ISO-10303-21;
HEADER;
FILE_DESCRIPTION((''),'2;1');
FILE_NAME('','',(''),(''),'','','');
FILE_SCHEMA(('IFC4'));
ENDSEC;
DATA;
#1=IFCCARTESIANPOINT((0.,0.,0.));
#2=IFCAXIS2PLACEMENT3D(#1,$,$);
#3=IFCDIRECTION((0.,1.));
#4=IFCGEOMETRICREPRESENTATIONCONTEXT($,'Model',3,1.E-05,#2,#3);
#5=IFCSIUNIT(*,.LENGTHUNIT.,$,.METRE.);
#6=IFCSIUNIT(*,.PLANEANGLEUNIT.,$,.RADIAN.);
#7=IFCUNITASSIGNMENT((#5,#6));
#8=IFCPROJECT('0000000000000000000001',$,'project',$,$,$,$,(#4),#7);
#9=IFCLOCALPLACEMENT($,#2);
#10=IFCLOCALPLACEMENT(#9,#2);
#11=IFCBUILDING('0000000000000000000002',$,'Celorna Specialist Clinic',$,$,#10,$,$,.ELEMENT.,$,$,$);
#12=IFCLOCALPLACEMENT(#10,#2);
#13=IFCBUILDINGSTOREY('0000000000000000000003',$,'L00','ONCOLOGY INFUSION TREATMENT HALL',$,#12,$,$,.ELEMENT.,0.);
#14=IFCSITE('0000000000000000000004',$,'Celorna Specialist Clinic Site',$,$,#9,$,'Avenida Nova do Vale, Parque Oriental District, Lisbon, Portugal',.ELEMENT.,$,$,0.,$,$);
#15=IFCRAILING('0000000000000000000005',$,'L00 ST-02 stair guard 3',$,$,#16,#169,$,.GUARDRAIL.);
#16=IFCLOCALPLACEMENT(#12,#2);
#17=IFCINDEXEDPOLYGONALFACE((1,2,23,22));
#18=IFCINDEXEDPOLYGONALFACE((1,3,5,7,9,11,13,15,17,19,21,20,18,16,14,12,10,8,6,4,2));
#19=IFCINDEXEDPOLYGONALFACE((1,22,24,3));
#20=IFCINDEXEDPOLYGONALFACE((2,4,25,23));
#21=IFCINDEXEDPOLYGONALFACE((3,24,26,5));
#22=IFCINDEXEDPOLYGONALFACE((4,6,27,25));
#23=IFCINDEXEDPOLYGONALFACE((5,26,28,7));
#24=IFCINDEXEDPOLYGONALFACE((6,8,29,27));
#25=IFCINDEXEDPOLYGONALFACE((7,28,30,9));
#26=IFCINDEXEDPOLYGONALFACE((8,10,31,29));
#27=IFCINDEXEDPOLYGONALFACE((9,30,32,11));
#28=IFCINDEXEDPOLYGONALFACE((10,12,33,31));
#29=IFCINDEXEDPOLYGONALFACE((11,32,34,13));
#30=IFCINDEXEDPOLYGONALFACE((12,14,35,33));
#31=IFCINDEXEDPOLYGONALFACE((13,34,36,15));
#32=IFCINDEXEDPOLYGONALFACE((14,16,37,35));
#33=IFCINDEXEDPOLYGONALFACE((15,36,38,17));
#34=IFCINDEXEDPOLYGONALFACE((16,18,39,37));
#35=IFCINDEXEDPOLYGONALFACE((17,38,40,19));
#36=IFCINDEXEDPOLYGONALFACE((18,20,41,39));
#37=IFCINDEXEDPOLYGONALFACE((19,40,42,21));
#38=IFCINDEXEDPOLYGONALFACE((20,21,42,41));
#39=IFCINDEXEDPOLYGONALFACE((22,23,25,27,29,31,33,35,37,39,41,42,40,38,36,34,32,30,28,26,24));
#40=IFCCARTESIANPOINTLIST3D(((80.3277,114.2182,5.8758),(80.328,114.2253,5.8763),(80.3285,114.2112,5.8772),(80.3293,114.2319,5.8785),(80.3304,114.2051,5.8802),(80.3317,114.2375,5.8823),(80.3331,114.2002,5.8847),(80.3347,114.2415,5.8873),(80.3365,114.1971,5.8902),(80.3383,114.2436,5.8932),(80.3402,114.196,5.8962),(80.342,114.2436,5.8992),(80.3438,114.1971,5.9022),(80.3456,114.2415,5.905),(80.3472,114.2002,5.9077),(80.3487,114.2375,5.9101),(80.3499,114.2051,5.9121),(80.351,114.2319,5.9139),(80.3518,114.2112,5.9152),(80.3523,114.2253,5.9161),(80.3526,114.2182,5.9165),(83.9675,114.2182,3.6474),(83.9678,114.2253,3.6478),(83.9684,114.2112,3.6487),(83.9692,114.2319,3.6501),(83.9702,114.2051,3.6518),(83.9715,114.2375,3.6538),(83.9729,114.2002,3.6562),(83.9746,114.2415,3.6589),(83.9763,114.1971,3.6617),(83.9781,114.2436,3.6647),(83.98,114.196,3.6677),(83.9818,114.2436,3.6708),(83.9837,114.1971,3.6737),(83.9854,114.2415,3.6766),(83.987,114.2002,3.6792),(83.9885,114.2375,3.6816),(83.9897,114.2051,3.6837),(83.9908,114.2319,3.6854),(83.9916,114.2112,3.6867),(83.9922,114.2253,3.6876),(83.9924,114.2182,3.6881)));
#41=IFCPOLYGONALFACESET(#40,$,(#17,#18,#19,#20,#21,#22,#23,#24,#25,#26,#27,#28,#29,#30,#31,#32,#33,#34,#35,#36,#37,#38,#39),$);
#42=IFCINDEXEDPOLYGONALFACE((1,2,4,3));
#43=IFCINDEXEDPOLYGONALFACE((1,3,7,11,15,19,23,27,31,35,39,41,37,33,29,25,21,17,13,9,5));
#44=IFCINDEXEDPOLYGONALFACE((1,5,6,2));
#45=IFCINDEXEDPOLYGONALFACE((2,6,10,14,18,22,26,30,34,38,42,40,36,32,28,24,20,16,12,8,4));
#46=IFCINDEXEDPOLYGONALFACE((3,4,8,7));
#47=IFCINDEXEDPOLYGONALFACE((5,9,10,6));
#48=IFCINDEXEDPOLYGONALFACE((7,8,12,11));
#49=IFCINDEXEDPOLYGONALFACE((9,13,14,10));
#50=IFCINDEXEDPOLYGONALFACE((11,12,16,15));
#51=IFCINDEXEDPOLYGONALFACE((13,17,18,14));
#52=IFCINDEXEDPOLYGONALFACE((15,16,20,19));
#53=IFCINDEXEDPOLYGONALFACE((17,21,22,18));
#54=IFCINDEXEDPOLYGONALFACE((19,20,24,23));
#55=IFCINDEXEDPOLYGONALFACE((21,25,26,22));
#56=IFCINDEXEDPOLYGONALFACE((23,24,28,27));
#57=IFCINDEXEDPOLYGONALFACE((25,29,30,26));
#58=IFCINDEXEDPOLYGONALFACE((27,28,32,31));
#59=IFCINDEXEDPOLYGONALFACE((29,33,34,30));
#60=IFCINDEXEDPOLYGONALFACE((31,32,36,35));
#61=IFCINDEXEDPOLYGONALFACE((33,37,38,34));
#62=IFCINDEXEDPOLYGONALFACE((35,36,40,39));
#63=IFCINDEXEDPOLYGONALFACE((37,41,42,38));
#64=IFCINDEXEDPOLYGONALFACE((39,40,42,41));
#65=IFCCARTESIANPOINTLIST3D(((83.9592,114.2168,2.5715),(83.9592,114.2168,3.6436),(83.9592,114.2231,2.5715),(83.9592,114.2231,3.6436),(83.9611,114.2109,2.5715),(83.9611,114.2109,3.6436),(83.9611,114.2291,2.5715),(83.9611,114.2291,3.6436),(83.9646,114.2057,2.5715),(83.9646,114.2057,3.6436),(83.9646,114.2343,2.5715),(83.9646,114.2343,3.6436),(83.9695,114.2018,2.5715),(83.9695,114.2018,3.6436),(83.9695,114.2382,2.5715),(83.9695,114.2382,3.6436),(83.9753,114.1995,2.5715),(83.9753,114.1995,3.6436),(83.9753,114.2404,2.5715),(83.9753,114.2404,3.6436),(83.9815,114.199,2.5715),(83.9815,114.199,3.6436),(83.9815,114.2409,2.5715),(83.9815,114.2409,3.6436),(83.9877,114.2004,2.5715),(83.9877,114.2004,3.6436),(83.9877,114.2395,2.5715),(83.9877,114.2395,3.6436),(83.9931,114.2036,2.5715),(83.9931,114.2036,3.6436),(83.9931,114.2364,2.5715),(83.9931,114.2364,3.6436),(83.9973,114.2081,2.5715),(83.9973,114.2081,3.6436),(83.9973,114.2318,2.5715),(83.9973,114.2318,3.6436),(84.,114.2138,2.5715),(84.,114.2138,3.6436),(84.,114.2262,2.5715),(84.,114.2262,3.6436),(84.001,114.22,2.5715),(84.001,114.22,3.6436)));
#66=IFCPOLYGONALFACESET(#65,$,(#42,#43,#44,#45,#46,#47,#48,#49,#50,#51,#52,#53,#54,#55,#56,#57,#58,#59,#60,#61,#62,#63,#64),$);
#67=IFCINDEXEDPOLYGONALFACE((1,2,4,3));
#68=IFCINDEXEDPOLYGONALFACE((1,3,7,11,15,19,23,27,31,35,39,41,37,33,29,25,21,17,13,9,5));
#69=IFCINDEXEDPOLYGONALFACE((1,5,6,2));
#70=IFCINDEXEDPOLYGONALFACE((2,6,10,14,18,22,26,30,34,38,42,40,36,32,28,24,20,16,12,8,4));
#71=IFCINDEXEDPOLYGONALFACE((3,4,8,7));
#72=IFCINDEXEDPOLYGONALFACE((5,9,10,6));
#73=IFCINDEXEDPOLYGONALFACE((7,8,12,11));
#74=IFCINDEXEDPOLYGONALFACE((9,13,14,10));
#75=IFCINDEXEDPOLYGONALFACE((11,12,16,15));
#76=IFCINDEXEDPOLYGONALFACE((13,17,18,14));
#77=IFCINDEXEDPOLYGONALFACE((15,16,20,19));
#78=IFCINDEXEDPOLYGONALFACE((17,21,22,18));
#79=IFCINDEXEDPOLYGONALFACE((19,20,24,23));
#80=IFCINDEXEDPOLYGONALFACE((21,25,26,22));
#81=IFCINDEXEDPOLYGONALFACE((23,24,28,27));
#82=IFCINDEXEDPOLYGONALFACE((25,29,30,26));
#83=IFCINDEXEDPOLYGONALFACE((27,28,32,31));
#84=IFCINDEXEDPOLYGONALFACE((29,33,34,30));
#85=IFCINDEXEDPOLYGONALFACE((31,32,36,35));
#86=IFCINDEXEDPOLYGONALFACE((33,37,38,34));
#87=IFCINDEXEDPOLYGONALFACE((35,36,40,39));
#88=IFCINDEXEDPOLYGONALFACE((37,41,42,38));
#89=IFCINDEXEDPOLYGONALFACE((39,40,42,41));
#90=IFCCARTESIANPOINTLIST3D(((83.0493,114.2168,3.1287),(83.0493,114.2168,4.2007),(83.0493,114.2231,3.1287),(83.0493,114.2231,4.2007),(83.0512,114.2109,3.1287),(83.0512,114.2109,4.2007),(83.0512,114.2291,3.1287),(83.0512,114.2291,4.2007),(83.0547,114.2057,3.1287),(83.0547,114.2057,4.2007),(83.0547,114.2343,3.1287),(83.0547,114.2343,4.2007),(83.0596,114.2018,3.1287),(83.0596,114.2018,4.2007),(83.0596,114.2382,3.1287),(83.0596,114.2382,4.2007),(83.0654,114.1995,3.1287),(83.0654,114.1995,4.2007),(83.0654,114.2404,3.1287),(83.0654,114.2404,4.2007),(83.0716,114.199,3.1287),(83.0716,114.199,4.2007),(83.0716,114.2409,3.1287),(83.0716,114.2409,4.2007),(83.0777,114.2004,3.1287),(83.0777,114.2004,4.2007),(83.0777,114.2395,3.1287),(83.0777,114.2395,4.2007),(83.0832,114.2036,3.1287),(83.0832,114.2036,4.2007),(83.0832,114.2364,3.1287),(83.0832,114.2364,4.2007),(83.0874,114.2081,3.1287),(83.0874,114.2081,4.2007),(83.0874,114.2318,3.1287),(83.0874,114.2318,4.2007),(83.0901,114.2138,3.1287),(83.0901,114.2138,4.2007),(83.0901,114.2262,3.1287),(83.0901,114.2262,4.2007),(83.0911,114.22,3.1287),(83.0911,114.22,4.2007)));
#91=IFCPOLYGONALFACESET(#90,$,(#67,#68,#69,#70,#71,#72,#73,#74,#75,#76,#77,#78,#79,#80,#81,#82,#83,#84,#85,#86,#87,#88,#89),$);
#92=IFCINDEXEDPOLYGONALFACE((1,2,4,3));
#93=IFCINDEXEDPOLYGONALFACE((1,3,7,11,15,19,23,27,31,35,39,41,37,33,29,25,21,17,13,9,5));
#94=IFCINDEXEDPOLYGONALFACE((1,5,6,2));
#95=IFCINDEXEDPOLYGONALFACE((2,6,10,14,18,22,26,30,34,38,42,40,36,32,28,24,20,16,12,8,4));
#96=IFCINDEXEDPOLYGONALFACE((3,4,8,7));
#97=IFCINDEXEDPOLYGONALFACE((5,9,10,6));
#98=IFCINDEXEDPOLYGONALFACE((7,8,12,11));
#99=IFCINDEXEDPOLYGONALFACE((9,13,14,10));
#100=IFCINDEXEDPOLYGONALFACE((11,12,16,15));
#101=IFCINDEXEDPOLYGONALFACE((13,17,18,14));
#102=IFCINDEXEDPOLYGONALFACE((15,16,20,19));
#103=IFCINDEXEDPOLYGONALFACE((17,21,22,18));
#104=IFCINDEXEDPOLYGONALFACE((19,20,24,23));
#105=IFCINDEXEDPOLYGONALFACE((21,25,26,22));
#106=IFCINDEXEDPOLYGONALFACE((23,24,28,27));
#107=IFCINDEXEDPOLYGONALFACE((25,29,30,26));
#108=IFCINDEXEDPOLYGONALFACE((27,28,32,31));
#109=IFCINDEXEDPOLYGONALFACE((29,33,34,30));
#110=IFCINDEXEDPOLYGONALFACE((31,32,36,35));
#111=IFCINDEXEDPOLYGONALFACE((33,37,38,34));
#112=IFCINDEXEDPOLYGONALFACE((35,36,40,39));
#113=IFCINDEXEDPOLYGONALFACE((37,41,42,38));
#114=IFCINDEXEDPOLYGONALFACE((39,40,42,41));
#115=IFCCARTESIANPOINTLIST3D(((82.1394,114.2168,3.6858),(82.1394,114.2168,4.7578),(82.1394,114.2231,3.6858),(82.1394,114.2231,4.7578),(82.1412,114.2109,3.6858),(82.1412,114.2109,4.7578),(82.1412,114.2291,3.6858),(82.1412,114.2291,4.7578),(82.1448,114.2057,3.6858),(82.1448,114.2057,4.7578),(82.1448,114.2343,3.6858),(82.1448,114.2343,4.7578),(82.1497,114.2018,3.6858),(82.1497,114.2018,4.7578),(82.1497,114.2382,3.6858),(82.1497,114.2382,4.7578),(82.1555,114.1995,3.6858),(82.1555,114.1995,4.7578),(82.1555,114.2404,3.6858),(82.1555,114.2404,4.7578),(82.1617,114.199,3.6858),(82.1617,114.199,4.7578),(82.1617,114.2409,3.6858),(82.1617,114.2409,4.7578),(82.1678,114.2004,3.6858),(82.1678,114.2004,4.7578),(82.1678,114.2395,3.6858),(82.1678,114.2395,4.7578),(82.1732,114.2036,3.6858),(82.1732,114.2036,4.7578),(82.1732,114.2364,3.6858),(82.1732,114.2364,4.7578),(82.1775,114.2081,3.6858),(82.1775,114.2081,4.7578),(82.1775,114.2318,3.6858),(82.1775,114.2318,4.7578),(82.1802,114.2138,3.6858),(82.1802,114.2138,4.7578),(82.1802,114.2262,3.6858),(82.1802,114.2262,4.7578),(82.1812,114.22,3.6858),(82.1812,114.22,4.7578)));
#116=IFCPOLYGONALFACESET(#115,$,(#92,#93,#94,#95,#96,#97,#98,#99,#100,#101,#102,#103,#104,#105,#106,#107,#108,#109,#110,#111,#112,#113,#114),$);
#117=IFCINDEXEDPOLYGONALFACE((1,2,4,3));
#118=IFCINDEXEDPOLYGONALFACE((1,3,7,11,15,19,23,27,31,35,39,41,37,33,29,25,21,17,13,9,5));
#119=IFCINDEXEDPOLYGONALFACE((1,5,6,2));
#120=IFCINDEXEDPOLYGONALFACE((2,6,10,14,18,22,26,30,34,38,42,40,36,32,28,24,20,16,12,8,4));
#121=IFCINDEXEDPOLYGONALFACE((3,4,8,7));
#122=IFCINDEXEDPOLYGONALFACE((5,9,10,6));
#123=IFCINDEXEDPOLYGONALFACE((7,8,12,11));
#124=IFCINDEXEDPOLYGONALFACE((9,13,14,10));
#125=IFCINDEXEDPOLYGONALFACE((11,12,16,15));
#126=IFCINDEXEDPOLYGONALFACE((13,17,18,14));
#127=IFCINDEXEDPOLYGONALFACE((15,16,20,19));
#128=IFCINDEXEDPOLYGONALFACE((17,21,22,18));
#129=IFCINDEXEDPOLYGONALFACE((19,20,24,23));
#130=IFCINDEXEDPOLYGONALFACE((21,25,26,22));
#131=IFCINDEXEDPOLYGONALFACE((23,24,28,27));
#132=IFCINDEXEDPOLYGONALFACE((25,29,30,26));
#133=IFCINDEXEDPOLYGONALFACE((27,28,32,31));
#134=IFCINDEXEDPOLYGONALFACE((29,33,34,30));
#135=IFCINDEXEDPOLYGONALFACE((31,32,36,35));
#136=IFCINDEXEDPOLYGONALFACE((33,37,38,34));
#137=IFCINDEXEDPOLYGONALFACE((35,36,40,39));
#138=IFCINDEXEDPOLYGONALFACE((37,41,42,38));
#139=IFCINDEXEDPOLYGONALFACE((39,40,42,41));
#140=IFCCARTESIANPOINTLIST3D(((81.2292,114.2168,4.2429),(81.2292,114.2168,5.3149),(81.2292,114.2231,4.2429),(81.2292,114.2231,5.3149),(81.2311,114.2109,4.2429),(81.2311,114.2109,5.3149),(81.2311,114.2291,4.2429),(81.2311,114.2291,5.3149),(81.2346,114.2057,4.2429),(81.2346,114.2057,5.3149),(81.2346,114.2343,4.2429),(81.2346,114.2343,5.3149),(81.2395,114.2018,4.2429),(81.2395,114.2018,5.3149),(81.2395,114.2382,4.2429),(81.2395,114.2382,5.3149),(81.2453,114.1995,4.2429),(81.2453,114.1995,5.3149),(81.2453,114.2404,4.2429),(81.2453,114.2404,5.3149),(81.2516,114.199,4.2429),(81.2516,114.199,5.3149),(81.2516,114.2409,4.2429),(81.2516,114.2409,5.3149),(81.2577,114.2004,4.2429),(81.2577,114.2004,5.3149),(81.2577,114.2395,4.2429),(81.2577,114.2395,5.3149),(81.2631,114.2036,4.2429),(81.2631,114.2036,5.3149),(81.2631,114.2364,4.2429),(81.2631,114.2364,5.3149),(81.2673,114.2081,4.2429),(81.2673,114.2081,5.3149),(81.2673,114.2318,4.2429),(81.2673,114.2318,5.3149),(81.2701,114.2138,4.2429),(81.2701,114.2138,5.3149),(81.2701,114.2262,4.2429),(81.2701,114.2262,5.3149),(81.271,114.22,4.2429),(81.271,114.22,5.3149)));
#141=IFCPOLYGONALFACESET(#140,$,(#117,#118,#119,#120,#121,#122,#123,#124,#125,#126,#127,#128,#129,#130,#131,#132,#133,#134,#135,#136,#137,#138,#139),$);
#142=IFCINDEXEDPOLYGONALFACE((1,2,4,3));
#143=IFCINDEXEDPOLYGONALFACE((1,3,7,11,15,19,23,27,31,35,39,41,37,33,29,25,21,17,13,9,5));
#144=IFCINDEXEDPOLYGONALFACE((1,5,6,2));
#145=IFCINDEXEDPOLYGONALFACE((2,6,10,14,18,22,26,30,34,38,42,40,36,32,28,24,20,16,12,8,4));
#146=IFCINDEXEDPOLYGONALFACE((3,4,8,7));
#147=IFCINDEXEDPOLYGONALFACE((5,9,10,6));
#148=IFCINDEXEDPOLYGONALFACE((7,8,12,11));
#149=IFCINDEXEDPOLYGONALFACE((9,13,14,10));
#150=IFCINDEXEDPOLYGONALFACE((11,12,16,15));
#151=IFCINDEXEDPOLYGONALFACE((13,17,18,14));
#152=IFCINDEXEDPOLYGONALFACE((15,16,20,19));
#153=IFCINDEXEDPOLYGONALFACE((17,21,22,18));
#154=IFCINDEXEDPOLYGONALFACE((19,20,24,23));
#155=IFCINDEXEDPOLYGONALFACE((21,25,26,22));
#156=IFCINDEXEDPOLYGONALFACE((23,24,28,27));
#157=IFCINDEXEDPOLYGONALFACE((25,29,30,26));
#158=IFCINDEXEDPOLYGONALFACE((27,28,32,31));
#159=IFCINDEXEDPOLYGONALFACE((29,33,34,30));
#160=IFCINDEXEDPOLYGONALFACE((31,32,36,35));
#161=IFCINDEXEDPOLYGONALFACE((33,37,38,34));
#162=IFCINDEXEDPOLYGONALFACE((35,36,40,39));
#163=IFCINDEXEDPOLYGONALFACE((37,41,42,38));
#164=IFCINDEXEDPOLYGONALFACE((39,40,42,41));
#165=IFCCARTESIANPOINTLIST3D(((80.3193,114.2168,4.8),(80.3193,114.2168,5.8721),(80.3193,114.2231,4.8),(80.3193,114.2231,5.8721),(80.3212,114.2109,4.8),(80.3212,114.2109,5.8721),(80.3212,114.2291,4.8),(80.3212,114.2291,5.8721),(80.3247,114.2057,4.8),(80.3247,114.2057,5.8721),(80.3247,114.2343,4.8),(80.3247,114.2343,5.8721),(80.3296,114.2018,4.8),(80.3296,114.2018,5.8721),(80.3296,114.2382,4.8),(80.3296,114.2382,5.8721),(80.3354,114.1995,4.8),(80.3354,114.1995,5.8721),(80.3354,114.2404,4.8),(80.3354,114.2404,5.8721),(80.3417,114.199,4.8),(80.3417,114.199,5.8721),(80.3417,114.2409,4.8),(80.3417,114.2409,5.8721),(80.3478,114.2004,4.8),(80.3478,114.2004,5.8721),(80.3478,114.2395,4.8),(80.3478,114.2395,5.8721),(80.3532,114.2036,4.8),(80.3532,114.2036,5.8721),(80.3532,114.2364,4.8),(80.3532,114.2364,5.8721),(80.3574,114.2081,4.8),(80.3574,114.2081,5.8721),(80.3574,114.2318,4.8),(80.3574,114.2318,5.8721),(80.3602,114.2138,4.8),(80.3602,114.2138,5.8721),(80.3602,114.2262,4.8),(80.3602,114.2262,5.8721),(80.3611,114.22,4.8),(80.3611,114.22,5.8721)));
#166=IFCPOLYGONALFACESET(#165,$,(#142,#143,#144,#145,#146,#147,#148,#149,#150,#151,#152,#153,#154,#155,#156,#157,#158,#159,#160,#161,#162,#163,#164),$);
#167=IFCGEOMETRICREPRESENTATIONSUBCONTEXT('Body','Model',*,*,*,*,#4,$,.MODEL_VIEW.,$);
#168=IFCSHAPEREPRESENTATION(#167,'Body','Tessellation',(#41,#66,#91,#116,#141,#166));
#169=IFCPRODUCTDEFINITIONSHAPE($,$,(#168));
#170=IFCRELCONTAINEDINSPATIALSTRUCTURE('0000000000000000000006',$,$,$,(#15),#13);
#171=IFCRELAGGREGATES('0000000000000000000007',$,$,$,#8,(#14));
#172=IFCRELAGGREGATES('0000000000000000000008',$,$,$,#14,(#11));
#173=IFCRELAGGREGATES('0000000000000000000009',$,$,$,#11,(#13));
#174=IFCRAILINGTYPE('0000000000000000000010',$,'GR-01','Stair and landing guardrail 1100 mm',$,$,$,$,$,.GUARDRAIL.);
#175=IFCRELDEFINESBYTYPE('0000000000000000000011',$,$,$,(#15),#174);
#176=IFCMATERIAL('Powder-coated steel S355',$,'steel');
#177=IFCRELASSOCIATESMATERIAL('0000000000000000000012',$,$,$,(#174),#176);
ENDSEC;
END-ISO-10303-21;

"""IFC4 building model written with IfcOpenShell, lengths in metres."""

from ifc_helpers import new_model, si_unit, direction, frame, origin, origin_2d, place, context, subcontext, project, spatial, circle, extrude, material, type_object, element, save


model = new_model("IFC4")

# Units and contexts
model_context = context("Model", 3, precision=1e-05, world=origin(), true_north=direction((0.0, 1.0)))
body_context = subcontext(model_context, "Body", "Model", "MODEL_VIEW")
ifc_project = project(units=[si_unit("LENGTHUNIT", "METRE"), si_unit("PLANEANGLEUNIT", "RADIAN")], contexts=[model_context])

# Site, building, storey
site_placement = place(None, origin())
site = spatial("IfcSite", under=ifc_project, at=site_placement, Name="Celorna Specialist Clinic Site", LongName="Avenida Nova do Vale, Parque Oriental District, Lisbon, Portugal", CompositionType="ELEMENT", RefElevation=0.0)
building_placement = place(site_placement, origin())
building = spatial("IfcBuilding", under=site, at=building_placement, Name="Celorna Specialist Clinic", CompositionType="ELEMENT")
storey_placement = place(building_placement, origin())
storey = spatial("IfcBuildingStorey", under=building, at=storey_placement, Name="L00", Description="ONCOLOGY INFUSION TREATMENT HALL", CompositionType="ELEMENT", Elevation=0.0)

# Railing
ifc_material_1 = material(Name="Powder-coated steel S355", Category="steel")
railing_type_1 = type_object("IfcRailingType", Name="GR-01", Description="Stair and landing guardrail 1100 mm", PredefinedType="GUARDRAIL", material=ifc_material_1)
railing_1_placement = place(storey_placement, frame((83.98, 114.22, 2.5715)))
element("IfcRailing", 1, at=railing_1_placement, inside=storey, type_object=railing_type_1, Name="L00 ST-02 stair guard 3", PredefinedType="GUARDRAIL", context=body_context, shape_type="SweptSolid", body=[
    extrude(circle(Radius=0.0239, at=origin_2d()), frame((0.0, 0.0, 1.0962), z_axis=(-0.85285, 0.0, 0.522156), x_axis=(0.0, -1.0, 0.0)), (0.0, 0.0, 1.0), 4.2678),
    extrude(circle(Radius=0.021, at=origin_2d()), origin(), (0.0, 0.0, 1.0), 1.072),
    extrude(circle(Radius=0.021, at=origin_2d()), frame((-0.9099, 0.0, 0.5571)), (0.0, 0.0, 1.0), 1.072),
    extrude(circle(Radius=0.021, at=origin_2d()), frame((-1.8198, 0.0, 1.1143)), (0.0, 0.0, 1.0), 1.072),
    extrude(circle(Radius=0.021, at=origin_2d()), frame((-2.73, 0.0, 1.6714)), (0.0, 0.0, 1.0), 1.072),
    extrude(circle(Radius=0.021, at=origin_2d()), frame((-3.6399, 0.0, 2.2285)), (0.0, 0.0, 1.0), 1.072),
])

save(model, "model.ifc")
